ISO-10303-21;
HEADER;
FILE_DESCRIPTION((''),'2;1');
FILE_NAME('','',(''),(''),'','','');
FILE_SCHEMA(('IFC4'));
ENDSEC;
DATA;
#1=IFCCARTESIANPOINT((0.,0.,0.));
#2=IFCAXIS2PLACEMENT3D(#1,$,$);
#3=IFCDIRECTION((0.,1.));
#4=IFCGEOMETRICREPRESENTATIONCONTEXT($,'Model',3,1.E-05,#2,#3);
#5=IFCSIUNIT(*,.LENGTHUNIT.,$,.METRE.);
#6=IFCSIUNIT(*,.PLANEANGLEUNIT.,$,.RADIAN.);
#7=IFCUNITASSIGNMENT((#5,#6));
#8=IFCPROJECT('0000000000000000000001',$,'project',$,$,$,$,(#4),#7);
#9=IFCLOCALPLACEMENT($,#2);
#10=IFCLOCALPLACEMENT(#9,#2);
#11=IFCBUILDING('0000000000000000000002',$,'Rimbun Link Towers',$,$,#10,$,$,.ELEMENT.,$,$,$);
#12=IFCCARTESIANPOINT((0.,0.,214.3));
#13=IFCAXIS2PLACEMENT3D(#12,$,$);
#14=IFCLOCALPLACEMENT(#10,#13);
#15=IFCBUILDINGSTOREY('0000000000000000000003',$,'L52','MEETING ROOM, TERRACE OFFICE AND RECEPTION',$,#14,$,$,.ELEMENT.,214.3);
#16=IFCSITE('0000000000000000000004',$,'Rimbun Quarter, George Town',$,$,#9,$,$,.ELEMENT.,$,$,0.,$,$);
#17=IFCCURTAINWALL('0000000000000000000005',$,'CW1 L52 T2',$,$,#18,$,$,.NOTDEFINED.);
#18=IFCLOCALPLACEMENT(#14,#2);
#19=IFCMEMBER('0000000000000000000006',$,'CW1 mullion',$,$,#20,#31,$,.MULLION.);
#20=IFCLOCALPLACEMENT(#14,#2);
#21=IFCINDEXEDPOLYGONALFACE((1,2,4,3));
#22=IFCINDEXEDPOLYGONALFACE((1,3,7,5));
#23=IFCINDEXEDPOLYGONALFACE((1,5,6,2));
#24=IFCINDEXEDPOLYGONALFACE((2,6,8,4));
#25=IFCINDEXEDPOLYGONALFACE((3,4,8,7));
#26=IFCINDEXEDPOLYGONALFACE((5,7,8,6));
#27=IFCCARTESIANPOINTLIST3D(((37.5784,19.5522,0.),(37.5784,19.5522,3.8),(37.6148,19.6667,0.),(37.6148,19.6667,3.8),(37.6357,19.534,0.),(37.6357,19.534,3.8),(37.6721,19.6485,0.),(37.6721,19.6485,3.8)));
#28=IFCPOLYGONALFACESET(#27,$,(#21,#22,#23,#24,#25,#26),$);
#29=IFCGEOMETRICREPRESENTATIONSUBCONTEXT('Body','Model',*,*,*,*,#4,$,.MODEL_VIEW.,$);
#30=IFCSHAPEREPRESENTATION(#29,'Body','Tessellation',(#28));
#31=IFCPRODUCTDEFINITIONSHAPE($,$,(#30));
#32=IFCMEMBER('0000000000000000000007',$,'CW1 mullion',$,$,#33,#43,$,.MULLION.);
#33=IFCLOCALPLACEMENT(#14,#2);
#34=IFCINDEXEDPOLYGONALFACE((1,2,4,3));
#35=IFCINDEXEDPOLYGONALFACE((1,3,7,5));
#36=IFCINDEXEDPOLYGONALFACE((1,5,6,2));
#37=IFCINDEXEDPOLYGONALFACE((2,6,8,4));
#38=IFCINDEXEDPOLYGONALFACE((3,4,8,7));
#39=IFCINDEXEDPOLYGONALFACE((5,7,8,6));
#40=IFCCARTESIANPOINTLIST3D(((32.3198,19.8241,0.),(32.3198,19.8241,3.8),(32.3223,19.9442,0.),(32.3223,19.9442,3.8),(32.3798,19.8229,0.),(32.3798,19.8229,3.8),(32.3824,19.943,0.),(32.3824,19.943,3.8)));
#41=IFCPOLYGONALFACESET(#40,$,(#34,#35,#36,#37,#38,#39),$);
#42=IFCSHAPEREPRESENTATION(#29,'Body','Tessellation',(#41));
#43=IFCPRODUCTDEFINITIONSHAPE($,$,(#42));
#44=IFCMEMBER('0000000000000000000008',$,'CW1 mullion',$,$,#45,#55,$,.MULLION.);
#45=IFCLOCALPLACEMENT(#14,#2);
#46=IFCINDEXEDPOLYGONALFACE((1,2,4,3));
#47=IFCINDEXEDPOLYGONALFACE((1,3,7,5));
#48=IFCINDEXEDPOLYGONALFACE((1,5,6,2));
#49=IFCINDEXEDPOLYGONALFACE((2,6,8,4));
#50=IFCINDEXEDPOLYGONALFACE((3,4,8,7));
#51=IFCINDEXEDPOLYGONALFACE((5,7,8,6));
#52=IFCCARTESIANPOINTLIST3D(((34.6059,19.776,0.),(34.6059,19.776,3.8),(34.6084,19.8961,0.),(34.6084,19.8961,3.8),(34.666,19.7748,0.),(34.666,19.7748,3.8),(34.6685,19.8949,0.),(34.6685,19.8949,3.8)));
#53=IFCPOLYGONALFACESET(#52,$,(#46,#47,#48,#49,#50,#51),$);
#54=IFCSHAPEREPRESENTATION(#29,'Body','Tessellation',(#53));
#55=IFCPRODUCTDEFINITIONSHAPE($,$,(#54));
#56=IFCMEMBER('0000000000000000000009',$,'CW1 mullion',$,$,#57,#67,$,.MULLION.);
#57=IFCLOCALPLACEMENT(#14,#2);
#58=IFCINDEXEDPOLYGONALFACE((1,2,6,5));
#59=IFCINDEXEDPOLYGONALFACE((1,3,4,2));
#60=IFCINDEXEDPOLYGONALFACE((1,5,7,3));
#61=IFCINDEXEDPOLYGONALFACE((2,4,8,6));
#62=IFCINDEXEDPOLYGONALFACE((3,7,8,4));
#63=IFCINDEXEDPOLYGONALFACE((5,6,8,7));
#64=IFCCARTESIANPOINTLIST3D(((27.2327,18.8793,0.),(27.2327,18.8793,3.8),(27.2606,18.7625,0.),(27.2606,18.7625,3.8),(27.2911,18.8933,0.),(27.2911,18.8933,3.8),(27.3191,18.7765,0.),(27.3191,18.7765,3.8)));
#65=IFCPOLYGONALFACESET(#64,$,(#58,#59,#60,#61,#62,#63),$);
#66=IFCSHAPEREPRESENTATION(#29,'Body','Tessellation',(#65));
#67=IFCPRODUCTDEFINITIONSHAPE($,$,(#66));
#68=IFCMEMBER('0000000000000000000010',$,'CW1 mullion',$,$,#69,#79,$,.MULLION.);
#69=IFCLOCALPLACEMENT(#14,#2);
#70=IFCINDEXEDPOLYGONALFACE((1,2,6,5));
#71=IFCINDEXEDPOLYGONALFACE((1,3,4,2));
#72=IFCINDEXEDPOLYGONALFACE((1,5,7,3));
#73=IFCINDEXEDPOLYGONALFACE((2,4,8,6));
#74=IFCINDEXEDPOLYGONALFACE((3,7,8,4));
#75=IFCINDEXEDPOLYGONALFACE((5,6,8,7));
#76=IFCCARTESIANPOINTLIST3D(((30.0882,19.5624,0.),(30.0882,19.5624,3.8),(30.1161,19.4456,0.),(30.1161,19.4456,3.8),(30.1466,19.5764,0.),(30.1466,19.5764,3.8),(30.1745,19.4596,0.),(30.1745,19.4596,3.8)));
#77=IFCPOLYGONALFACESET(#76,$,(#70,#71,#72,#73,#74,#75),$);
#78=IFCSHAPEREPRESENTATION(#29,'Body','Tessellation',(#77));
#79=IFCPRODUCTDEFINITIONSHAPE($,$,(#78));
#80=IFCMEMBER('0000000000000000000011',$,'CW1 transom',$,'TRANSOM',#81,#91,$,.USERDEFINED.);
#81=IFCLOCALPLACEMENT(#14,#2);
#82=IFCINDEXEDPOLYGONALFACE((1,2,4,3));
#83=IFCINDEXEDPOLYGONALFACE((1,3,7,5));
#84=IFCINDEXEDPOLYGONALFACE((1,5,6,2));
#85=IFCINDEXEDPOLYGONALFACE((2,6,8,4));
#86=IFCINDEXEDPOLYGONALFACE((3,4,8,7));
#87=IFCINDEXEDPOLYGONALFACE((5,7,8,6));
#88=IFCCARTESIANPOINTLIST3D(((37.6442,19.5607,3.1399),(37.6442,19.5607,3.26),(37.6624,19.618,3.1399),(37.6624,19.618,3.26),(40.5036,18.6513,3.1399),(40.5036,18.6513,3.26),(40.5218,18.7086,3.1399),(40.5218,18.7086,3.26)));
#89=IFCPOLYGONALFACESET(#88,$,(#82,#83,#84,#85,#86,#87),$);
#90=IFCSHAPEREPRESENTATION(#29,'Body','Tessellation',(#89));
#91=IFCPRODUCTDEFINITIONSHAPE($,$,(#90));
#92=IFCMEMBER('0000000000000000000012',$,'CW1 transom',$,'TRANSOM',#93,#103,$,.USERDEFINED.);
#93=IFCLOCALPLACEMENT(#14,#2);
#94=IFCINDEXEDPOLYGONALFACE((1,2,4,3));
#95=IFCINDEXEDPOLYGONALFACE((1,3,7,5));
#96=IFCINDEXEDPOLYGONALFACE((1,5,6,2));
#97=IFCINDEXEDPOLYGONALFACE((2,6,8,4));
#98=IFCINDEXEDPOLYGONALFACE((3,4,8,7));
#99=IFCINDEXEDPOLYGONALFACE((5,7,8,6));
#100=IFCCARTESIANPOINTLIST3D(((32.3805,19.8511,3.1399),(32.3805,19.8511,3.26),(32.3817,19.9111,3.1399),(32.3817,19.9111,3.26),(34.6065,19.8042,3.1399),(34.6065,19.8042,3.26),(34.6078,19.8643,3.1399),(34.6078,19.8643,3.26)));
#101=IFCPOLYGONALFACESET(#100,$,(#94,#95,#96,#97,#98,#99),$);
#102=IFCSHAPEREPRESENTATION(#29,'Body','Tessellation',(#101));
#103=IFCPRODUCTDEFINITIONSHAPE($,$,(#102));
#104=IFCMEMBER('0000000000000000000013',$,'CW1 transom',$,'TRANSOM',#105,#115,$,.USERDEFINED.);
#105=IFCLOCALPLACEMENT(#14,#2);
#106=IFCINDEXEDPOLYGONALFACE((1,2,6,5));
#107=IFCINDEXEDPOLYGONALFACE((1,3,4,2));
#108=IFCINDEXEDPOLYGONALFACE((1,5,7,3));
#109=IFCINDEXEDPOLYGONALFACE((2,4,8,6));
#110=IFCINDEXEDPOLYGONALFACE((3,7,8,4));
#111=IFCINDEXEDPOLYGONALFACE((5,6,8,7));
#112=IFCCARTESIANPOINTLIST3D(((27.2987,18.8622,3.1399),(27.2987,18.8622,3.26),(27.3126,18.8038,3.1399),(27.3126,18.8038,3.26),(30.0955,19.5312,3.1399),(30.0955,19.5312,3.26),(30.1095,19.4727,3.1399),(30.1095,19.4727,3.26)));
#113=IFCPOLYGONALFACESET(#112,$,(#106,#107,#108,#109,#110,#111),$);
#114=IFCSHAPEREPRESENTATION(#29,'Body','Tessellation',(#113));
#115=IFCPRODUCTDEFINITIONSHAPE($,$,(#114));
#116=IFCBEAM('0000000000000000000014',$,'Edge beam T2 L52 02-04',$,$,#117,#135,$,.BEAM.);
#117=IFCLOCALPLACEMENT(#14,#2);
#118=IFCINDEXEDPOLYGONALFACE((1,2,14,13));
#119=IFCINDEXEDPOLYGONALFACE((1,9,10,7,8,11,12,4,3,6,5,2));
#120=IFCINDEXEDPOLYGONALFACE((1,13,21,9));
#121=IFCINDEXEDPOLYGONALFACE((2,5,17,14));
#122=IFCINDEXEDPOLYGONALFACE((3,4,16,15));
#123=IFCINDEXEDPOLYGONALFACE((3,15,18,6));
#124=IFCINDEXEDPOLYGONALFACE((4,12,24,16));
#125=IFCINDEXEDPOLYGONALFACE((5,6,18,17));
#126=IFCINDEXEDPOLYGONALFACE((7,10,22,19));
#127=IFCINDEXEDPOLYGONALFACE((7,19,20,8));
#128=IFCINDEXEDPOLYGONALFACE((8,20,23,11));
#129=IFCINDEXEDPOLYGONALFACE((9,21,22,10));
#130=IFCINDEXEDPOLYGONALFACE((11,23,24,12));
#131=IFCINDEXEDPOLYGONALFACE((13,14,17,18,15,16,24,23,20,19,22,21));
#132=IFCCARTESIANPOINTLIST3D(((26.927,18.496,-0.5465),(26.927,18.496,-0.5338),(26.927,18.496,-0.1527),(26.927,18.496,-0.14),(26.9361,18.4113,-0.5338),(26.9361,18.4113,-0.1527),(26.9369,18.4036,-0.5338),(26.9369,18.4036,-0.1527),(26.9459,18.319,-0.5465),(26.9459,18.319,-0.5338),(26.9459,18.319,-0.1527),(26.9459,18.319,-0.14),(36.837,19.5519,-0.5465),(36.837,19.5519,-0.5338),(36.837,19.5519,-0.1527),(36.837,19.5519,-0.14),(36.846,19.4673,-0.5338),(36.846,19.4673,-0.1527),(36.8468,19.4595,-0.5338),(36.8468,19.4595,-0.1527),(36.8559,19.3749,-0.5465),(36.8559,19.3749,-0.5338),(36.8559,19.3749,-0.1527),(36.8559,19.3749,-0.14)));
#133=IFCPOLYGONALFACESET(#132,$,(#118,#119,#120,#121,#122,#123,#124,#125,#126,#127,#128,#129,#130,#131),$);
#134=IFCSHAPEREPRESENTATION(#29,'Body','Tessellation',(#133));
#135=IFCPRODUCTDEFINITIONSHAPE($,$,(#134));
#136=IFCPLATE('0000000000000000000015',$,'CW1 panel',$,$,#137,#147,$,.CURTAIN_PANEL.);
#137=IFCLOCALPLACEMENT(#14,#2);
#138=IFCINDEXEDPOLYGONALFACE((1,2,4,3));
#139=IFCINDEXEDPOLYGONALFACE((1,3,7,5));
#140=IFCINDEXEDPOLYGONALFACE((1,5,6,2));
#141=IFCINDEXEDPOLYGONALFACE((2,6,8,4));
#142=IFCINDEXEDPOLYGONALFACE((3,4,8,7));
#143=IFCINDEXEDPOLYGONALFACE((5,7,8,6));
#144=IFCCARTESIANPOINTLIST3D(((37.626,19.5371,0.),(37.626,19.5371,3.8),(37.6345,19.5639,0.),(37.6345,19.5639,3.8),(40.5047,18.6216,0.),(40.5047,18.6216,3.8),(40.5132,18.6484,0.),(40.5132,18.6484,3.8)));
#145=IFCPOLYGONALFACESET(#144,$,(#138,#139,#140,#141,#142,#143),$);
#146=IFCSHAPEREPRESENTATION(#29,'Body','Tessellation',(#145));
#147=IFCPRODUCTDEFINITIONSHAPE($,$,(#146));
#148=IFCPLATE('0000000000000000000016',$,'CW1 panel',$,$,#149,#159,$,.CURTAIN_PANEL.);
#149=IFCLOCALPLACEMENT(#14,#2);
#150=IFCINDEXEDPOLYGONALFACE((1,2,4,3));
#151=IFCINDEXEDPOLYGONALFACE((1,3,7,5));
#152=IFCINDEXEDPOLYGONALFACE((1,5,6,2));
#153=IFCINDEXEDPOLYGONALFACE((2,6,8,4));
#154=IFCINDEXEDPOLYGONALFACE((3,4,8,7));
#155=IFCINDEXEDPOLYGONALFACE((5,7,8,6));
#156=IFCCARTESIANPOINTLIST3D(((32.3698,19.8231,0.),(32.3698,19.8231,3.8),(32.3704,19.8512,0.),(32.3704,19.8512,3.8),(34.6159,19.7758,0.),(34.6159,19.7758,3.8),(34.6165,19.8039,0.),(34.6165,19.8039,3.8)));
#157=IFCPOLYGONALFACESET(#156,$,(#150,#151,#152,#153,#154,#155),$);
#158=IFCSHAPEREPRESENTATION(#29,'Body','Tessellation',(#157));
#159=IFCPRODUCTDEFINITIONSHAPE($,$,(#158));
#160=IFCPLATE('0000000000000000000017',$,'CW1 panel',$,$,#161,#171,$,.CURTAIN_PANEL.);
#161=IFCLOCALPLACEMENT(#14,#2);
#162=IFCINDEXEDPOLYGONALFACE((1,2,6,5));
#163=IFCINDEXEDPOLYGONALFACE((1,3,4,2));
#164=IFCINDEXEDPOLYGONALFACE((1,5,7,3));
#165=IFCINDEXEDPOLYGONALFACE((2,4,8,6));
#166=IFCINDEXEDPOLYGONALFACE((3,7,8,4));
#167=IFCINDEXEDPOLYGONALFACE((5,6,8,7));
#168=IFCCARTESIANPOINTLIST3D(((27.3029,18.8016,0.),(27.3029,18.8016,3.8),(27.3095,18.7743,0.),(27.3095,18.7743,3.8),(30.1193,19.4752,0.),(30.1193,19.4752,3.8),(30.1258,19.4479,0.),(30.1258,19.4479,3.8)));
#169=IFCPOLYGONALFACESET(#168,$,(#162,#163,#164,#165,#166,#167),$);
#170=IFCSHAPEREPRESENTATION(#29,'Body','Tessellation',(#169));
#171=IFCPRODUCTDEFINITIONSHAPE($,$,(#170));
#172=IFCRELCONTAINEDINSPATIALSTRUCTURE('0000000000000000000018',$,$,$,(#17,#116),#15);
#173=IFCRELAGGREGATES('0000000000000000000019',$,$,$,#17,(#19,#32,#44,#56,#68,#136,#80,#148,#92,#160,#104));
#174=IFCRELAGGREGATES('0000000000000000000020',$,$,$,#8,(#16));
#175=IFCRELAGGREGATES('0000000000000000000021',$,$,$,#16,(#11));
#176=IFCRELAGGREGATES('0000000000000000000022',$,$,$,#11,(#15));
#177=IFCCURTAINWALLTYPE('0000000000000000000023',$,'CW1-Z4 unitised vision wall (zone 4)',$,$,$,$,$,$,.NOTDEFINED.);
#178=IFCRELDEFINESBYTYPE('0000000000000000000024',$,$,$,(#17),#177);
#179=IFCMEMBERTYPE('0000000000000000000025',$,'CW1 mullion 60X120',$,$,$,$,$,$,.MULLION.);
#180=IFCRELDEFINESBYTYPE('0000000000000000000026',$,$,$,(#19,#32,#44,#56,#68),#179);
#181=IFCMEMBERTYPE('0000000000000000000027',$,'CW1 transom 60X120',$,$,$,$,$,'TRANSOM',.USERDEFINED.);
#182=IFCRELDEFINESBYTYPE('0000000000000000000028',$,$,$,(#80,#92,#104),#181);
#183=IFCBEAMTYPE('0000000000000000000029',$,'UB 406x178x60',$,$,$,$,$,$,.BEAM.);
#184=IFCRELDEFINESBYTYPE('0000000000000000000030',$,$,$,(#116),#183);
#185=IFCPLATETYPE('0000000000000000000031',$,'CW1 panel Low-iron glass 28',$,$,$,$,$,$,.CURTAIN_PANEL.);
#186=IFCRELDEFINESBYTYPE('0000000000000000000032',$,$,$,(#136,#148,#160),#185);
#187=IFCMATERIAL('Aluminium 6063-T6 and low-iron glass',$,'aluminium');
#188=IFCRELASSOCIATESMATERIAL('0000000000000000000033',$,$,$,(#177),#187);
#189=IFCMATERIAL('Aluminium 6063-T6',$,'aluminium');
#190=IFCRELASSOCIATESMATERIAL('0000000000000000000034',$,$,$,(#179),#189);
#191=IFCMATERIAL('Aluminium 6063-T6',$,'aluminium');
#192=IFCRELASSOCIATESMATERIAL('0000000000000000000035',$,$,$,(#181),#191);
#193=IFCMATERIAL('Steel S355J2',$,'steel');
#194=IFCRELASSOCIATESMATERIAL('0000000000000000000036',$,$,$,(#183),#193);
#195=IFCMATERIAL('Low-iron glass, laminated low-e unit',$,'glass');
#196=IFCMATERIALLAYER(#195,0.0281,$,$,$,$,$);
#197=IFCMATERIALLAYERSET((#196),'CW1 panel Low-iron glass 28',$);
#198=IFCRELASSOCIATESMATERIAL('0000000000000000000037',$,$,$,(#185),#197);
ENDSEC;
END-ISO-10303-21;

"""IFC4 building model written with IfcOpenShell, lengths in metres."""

from ifc_helpers import new_model, si_unit, direction, frame, origin, origin_2d, place, context, subcontext, project, spatial, rectangle, i_section, extrude, material, layer, layer_set, material_profile, profile_set, type_object, element, aggregate, save


model = new_model("IFC4")

# Units and contexts
model_context = context("Model", 3, precision=1e-05, world=origin(), true_north=direction((0.0, 1.0)))
body_context = subcontext(model_context, "Body", "Model", "MODEL_VIEW")
ifc_project = project(units=[si_unit("LENGTHUNIT", "METRE"), si_unit("PLANEANGLEUNIT", "RADIAN")], contexts=[model_context])

# Site, building, storey
site_placement = place(None, origin())
site = spatial("IfcSite", under=ifc_project, at=site_placement, Name="Rimbun Quarter, George Town", CompositionType="ELEMENT", RefElevation=0.0)
building_placement = place(site_placement, origin())
building = spatial("IfcBuilding", under=site, at=building_placement, Name="Rimbun Link Towers", CompositionType="ELEMENT")
storey_placement = place(building_placement, frame((0.0, 0.0, 214.3)))
storey = spatial("IfcBuildingStorey", under=building, at=storey_placement, Name="L52", Description="MEETING ROOM, TERRACE OFFICE AND RECEPTION", CompositionType="ELEMENT", Elevation=214.3)

# Curtain wall, members
ifc_material_1 = material(Name="Aluminium 6063-T6 and low-iron glass", Category="aluminium")
curtain_wall_type = type_object("IfcCurtainWallType", Name="CW1-Z4 unitised vision wall (zone 4)", PredefinedType="NOTDEFINED", material=ifc_material_1)
curtain_wall_placement = place(storey_placement, origin())
curtain_wall = element("IfcCurtainWall", 1, at=curtain_wall_placement, inside=storey, type_object=curtain_wall_type, Name="CW1 L52 T2", PredefinedType="NOTDEFINED")
ifc_material_2 = material(Name="Aluminium 6063-T6", Category="aluminium")
ifc_material_profile_1 = material_profile(ifc_material_2, rectangle(XDim=0.1201, YDim=0.0601, at=origin_2d()), Name="MULLION 60X120")
ifc_profile_set_1 = profile_set([ifc_material_profile_1], Name="Aluminium 6063-T6")
member_type_1 = type_object("IfcMemberType", Name="CW1 mullion 60X120", PredefinedType="MULLION", material=ifc_profile_set_1)
member_1_placement = place(storey_placement, frame((37.6252, 19.6003, 0.0), z_axis=(0.0, 0.0, 1.0), x_axis=(0.303068, 0.952969, 0.0)))
member_1 = element("IfcMember", 2, at=member_1_placement, type_object=member_type_1, Name="CW1 mullion", PredefinedType="MULLION", context=body_context, shape_type="SweptSolid", body=[
    extrude(rectangle(XDim=0.1201, YDim=0.0601, at=origin_2d()), origin(), (0.0, 0.0, 1.0), 3.8),
])
member_2_placement = place(storey_placement, frame((32.3511, 19.8835, 0.0), z_axis=(0.0, 0.0, 1.0), x_axis=(0.021054, 0.999778, 0.0)))
member_2 = element("IfcMember", 3, at=member_2_placement, type_object=member_type_1, Name="CW1 mullion", PredefinedType="MULLION", context=body_context, shape_type="SweptSolid", body=[
    extrude(rectangle(XDim=0.1201, YDim=0.0601, at=origin_2d()), origin(), (0.0, 0.0, 1.0), 3.8),
])
member_3_placement = place(storey_placement, frame((34.6372, 19.8354, 0.0), z_axis=(0.0, 0.0, 1.0), x_axis=(0.021054, 0.999778, 0.0)))
member_3 = element("IfcMember", 4, at=member_3_placement, type_object=member_type_1, Name="CW1 mullion", PredefinedType="MULLION", context=body_context, shape_type="SweptSolid", body=[
    extrude(rectangle(XDim=0.1201, YDim=0.0601, at=origin_2d()), origin(), (0.0, 0.0, 1.0), 3.8),
])
member_4_placement = place(storey_placement, frame((27.2759, 18.8279, 0.0), z_axis=(0.0, 0.0, 1.0), x_axis=(-0.2326, 0.972573, 0.0)))
member_4 = element("IfcMember", 5, at=member_4_placement, type_object=member_type_1, Name="CW1 mullion", PredefinedType="MULLION", context=body_context, shape_type="SweptSolid", body=[
    extrude(rectangle(XDim=0.1201, YDim=0.0601, at=origin_2d()), origin(), (0.0, 0.0, 1.0), 3.8),
])
member_5_placement = place(storey_placement, frame((30.1313, 19.511, 0.0), z_axis=(0.0, 0.0, 1.0), x_axis=(-0.2326, 0.972573, 0.0)))
member_5 = element("IfcMember", 6, at=member_5_placement, type_object=member_type_1, Name="CW1 mullion", PredefinedType="MULLION", context=body_context, shape_type="SweptSolid", body=[
    extrude(rectangle(XDim=0.1201, YDim=0.0601, at=origin_2d()), origin(), (0.0, 0.0, 1.0), 3.8),
])
ifc_material_3 = material(Name="Aluminium 6063-T6", Category="aluminium")
ifc_material_profile_2 = material_profile(ifc_material_3, rectangle(XDim=0.0601, YDim=0.1201, at=origin_2d()), Name="TRANSOM 60X120")
ifc_profile_set_2 = profile_set([ifc_material_profile_2], Name="Aluminium 6063-T6")
member_type_2 = type_object("IfcMemberType", Name="CW1 transom 60X120", ElementType="TRANSOM", PredefinedType="USERDEFINED", material=ifc_profile_set_2)
member_6_placement = place(storey_placement, frame((37.6533, 19.5894, 3.2), z_axis=(0.952962, -0.303089, 0.0), x_axis=(0.303089, 0.952962, 0.0)))
member_6 = element("IfcMember", 7, at=member_6_placement, type_object=member_type_2, Name="CW1 transom", ObjectType="TRANSOM", PredefinedType="USERDEFINED", context=body_context, shape_type="SweptSolid", body=[
    extrude(rectangle(XDim=0.0601, YDim=0.1201, at=origin_2d()), origin(), (0.0, 0.0, 1.0), 3.0005),
])
member_7_placement = place(storey_placement, frame((32.3811, 19.8811, 3.2), z_axis=(0.999778, -0.021053, 0.0), x_axis=(0.021053, 0.999778, 0.0)))
member_7 = element("IfcMember", 8, at=member_7_placement, type_object=member_type_2, Name="CW1 transom", ObjectType="TRANSOM", PredefinedType="USERDEFINED", context=body_context, shape_type="SweptSolid", body=[
    extrude(rectangle(XDim=0.0601, YDim=0.1201, at=origin_2d()), origin(), (0.0, 0.0, 1.0), 2.2266),
])
member_8_placement = place(storey_placement, frame((27.3057, 18.833, 3.2), z_axis=(0.972569, 0.232615, 0.0), x_axis=(-0.232615, 0.972569, 0.0)))
member_8 = element("IfcMember", 9, at=member_8_placement, type_object=member_type_2, Name="CW1 transom", ObjectType="TRANSOM", PredefinedType="USERDEFINED", context=body_context, shape_type="SweptSolid", body=[
    extrude(rectangle(XDim=0.0601, YDim=0.1201, at=origin_2d()), origin(), (0.0, 0.0, 1.0), 2.8757),
])

# Beam
ifc_material_4 = material(Name="Steel S355J2", Category="steel")
ifc_material_profile_3 = material_profile(ifc_material_4, i_section(OverallWidth=0.178, OverallDepth=0.4065, WebThickness=0.0078, FlangeThickness=0.0127, at=origin_2d()), Name="UB 406x178x60")
ifc_profile_set_3 = profile_set([ifc_material_profile_3], Name="Steel S355J2")
beam_type = type_object("IfcBeamType", Name="UB 406x178x60", PredefinedType="BEAM", material=ifc_profile_set_3)
beam_placement = place(storey_placement, frame((36.8464, 19.4634, -0.3433), z_axis=(-0.994371, -0.105951, 0.0), x_axis=(0.105951, -0.994371, 0.0)))
element("IfcBeam", 10, at=beam_placement, inside=storey, type_object=beam_type, Name="Edge beam T2 L52 02-04", PredefinedType="BEAM", context=body_context, shape_type="SweptSolid", body=[
    extrude(i_section(OverallWidth=0.178, OverallDepth=0.4065, WebThickness=0.0078, FlangeThickness=0.0127, at=origin_2d()), origin(), (0.0, 0.0, 1.0), 9.9661),
])

# Plates
ifc_material_5 = material(Name="Low-iron glass, laminated low-e unit", Category="glass")
ifc_layer = layer(ifc_material_5, 0.0281)
ifc_layer_set = layer_set([ifc_layer], Name="CW1 panel Low-iron glass 28")
plate_type = type_object("IfcPlateType", Name="CW1 panel Low-iron glass 28", PredefinedType="CURTAIN_PANEL", material=ifc_layer_set)
plate_1_placement = place(storey_placement, frame((39.0696, 19.0928, 0.0), z_axis=(0.0, 0.0, 1.0), x_axis=(0.952969, -0.303068, 0.0)))
plate_1 = element("IfcPlate", 11, at=plate_1_placement, type_object=plate_type, Name="CW1 panel", PredefinedType="CURTAIN_PANEL", context=body_context, shape_type="SweptSolid", body=[
    extrude(rectangle(XDim=3.0208, YDim=0.0281, at=origin_2d()), origin(), (0.0, 0.0, 1.0), 3.8),
])
plate_2_placement = place(storey_placement, frame((33.4932, 19.8135, 0.0), z_axis=(0.0, 0.0, 1.0), x_axis=(0.999778, -0.021054, 0.0)))
plate_2 = element("IfcPlate", 12, at=plate_2_placement, type_object=plate_type, Name="CW1 panel", PredefinedType="CURTAIN_PANEL", context=body_context, shape_type="SweptSolid", body=[
    extrude(rectangle(XDim=2.2466, YDim=0.0281, at=origin_2d()), origin(), (0.0, 0.0, 1.0), 3.8),
])
plate_3_placement = place(storey_placement, frame((28.7144, 19.1248, 0.0), z_axis=(0.0, 0.0, 1.0), x_axis=(0.972573, 0.2326, 0.0)))
plate_3 = element("IfcPlate", 13, at=plate_3_placement, type_object=plate_type, Name="CW1 panel", PredefinedType="CURTAIN_PANEL", context=body_context, shape_type="SweptSolid", body=[
    extrude(rectangle(XDim=2.8958, YDim=0.0281, at=origin_2d()), origin(), (0.0, 0.0, 1.0), 3.8),
])
aggregate(curtain_wall, [member_1, member_2, member_3, member_4, member_5, plate_1, member_6, plate_2, member_7, plate_3, member_8])

save(model, "model.ifc")
